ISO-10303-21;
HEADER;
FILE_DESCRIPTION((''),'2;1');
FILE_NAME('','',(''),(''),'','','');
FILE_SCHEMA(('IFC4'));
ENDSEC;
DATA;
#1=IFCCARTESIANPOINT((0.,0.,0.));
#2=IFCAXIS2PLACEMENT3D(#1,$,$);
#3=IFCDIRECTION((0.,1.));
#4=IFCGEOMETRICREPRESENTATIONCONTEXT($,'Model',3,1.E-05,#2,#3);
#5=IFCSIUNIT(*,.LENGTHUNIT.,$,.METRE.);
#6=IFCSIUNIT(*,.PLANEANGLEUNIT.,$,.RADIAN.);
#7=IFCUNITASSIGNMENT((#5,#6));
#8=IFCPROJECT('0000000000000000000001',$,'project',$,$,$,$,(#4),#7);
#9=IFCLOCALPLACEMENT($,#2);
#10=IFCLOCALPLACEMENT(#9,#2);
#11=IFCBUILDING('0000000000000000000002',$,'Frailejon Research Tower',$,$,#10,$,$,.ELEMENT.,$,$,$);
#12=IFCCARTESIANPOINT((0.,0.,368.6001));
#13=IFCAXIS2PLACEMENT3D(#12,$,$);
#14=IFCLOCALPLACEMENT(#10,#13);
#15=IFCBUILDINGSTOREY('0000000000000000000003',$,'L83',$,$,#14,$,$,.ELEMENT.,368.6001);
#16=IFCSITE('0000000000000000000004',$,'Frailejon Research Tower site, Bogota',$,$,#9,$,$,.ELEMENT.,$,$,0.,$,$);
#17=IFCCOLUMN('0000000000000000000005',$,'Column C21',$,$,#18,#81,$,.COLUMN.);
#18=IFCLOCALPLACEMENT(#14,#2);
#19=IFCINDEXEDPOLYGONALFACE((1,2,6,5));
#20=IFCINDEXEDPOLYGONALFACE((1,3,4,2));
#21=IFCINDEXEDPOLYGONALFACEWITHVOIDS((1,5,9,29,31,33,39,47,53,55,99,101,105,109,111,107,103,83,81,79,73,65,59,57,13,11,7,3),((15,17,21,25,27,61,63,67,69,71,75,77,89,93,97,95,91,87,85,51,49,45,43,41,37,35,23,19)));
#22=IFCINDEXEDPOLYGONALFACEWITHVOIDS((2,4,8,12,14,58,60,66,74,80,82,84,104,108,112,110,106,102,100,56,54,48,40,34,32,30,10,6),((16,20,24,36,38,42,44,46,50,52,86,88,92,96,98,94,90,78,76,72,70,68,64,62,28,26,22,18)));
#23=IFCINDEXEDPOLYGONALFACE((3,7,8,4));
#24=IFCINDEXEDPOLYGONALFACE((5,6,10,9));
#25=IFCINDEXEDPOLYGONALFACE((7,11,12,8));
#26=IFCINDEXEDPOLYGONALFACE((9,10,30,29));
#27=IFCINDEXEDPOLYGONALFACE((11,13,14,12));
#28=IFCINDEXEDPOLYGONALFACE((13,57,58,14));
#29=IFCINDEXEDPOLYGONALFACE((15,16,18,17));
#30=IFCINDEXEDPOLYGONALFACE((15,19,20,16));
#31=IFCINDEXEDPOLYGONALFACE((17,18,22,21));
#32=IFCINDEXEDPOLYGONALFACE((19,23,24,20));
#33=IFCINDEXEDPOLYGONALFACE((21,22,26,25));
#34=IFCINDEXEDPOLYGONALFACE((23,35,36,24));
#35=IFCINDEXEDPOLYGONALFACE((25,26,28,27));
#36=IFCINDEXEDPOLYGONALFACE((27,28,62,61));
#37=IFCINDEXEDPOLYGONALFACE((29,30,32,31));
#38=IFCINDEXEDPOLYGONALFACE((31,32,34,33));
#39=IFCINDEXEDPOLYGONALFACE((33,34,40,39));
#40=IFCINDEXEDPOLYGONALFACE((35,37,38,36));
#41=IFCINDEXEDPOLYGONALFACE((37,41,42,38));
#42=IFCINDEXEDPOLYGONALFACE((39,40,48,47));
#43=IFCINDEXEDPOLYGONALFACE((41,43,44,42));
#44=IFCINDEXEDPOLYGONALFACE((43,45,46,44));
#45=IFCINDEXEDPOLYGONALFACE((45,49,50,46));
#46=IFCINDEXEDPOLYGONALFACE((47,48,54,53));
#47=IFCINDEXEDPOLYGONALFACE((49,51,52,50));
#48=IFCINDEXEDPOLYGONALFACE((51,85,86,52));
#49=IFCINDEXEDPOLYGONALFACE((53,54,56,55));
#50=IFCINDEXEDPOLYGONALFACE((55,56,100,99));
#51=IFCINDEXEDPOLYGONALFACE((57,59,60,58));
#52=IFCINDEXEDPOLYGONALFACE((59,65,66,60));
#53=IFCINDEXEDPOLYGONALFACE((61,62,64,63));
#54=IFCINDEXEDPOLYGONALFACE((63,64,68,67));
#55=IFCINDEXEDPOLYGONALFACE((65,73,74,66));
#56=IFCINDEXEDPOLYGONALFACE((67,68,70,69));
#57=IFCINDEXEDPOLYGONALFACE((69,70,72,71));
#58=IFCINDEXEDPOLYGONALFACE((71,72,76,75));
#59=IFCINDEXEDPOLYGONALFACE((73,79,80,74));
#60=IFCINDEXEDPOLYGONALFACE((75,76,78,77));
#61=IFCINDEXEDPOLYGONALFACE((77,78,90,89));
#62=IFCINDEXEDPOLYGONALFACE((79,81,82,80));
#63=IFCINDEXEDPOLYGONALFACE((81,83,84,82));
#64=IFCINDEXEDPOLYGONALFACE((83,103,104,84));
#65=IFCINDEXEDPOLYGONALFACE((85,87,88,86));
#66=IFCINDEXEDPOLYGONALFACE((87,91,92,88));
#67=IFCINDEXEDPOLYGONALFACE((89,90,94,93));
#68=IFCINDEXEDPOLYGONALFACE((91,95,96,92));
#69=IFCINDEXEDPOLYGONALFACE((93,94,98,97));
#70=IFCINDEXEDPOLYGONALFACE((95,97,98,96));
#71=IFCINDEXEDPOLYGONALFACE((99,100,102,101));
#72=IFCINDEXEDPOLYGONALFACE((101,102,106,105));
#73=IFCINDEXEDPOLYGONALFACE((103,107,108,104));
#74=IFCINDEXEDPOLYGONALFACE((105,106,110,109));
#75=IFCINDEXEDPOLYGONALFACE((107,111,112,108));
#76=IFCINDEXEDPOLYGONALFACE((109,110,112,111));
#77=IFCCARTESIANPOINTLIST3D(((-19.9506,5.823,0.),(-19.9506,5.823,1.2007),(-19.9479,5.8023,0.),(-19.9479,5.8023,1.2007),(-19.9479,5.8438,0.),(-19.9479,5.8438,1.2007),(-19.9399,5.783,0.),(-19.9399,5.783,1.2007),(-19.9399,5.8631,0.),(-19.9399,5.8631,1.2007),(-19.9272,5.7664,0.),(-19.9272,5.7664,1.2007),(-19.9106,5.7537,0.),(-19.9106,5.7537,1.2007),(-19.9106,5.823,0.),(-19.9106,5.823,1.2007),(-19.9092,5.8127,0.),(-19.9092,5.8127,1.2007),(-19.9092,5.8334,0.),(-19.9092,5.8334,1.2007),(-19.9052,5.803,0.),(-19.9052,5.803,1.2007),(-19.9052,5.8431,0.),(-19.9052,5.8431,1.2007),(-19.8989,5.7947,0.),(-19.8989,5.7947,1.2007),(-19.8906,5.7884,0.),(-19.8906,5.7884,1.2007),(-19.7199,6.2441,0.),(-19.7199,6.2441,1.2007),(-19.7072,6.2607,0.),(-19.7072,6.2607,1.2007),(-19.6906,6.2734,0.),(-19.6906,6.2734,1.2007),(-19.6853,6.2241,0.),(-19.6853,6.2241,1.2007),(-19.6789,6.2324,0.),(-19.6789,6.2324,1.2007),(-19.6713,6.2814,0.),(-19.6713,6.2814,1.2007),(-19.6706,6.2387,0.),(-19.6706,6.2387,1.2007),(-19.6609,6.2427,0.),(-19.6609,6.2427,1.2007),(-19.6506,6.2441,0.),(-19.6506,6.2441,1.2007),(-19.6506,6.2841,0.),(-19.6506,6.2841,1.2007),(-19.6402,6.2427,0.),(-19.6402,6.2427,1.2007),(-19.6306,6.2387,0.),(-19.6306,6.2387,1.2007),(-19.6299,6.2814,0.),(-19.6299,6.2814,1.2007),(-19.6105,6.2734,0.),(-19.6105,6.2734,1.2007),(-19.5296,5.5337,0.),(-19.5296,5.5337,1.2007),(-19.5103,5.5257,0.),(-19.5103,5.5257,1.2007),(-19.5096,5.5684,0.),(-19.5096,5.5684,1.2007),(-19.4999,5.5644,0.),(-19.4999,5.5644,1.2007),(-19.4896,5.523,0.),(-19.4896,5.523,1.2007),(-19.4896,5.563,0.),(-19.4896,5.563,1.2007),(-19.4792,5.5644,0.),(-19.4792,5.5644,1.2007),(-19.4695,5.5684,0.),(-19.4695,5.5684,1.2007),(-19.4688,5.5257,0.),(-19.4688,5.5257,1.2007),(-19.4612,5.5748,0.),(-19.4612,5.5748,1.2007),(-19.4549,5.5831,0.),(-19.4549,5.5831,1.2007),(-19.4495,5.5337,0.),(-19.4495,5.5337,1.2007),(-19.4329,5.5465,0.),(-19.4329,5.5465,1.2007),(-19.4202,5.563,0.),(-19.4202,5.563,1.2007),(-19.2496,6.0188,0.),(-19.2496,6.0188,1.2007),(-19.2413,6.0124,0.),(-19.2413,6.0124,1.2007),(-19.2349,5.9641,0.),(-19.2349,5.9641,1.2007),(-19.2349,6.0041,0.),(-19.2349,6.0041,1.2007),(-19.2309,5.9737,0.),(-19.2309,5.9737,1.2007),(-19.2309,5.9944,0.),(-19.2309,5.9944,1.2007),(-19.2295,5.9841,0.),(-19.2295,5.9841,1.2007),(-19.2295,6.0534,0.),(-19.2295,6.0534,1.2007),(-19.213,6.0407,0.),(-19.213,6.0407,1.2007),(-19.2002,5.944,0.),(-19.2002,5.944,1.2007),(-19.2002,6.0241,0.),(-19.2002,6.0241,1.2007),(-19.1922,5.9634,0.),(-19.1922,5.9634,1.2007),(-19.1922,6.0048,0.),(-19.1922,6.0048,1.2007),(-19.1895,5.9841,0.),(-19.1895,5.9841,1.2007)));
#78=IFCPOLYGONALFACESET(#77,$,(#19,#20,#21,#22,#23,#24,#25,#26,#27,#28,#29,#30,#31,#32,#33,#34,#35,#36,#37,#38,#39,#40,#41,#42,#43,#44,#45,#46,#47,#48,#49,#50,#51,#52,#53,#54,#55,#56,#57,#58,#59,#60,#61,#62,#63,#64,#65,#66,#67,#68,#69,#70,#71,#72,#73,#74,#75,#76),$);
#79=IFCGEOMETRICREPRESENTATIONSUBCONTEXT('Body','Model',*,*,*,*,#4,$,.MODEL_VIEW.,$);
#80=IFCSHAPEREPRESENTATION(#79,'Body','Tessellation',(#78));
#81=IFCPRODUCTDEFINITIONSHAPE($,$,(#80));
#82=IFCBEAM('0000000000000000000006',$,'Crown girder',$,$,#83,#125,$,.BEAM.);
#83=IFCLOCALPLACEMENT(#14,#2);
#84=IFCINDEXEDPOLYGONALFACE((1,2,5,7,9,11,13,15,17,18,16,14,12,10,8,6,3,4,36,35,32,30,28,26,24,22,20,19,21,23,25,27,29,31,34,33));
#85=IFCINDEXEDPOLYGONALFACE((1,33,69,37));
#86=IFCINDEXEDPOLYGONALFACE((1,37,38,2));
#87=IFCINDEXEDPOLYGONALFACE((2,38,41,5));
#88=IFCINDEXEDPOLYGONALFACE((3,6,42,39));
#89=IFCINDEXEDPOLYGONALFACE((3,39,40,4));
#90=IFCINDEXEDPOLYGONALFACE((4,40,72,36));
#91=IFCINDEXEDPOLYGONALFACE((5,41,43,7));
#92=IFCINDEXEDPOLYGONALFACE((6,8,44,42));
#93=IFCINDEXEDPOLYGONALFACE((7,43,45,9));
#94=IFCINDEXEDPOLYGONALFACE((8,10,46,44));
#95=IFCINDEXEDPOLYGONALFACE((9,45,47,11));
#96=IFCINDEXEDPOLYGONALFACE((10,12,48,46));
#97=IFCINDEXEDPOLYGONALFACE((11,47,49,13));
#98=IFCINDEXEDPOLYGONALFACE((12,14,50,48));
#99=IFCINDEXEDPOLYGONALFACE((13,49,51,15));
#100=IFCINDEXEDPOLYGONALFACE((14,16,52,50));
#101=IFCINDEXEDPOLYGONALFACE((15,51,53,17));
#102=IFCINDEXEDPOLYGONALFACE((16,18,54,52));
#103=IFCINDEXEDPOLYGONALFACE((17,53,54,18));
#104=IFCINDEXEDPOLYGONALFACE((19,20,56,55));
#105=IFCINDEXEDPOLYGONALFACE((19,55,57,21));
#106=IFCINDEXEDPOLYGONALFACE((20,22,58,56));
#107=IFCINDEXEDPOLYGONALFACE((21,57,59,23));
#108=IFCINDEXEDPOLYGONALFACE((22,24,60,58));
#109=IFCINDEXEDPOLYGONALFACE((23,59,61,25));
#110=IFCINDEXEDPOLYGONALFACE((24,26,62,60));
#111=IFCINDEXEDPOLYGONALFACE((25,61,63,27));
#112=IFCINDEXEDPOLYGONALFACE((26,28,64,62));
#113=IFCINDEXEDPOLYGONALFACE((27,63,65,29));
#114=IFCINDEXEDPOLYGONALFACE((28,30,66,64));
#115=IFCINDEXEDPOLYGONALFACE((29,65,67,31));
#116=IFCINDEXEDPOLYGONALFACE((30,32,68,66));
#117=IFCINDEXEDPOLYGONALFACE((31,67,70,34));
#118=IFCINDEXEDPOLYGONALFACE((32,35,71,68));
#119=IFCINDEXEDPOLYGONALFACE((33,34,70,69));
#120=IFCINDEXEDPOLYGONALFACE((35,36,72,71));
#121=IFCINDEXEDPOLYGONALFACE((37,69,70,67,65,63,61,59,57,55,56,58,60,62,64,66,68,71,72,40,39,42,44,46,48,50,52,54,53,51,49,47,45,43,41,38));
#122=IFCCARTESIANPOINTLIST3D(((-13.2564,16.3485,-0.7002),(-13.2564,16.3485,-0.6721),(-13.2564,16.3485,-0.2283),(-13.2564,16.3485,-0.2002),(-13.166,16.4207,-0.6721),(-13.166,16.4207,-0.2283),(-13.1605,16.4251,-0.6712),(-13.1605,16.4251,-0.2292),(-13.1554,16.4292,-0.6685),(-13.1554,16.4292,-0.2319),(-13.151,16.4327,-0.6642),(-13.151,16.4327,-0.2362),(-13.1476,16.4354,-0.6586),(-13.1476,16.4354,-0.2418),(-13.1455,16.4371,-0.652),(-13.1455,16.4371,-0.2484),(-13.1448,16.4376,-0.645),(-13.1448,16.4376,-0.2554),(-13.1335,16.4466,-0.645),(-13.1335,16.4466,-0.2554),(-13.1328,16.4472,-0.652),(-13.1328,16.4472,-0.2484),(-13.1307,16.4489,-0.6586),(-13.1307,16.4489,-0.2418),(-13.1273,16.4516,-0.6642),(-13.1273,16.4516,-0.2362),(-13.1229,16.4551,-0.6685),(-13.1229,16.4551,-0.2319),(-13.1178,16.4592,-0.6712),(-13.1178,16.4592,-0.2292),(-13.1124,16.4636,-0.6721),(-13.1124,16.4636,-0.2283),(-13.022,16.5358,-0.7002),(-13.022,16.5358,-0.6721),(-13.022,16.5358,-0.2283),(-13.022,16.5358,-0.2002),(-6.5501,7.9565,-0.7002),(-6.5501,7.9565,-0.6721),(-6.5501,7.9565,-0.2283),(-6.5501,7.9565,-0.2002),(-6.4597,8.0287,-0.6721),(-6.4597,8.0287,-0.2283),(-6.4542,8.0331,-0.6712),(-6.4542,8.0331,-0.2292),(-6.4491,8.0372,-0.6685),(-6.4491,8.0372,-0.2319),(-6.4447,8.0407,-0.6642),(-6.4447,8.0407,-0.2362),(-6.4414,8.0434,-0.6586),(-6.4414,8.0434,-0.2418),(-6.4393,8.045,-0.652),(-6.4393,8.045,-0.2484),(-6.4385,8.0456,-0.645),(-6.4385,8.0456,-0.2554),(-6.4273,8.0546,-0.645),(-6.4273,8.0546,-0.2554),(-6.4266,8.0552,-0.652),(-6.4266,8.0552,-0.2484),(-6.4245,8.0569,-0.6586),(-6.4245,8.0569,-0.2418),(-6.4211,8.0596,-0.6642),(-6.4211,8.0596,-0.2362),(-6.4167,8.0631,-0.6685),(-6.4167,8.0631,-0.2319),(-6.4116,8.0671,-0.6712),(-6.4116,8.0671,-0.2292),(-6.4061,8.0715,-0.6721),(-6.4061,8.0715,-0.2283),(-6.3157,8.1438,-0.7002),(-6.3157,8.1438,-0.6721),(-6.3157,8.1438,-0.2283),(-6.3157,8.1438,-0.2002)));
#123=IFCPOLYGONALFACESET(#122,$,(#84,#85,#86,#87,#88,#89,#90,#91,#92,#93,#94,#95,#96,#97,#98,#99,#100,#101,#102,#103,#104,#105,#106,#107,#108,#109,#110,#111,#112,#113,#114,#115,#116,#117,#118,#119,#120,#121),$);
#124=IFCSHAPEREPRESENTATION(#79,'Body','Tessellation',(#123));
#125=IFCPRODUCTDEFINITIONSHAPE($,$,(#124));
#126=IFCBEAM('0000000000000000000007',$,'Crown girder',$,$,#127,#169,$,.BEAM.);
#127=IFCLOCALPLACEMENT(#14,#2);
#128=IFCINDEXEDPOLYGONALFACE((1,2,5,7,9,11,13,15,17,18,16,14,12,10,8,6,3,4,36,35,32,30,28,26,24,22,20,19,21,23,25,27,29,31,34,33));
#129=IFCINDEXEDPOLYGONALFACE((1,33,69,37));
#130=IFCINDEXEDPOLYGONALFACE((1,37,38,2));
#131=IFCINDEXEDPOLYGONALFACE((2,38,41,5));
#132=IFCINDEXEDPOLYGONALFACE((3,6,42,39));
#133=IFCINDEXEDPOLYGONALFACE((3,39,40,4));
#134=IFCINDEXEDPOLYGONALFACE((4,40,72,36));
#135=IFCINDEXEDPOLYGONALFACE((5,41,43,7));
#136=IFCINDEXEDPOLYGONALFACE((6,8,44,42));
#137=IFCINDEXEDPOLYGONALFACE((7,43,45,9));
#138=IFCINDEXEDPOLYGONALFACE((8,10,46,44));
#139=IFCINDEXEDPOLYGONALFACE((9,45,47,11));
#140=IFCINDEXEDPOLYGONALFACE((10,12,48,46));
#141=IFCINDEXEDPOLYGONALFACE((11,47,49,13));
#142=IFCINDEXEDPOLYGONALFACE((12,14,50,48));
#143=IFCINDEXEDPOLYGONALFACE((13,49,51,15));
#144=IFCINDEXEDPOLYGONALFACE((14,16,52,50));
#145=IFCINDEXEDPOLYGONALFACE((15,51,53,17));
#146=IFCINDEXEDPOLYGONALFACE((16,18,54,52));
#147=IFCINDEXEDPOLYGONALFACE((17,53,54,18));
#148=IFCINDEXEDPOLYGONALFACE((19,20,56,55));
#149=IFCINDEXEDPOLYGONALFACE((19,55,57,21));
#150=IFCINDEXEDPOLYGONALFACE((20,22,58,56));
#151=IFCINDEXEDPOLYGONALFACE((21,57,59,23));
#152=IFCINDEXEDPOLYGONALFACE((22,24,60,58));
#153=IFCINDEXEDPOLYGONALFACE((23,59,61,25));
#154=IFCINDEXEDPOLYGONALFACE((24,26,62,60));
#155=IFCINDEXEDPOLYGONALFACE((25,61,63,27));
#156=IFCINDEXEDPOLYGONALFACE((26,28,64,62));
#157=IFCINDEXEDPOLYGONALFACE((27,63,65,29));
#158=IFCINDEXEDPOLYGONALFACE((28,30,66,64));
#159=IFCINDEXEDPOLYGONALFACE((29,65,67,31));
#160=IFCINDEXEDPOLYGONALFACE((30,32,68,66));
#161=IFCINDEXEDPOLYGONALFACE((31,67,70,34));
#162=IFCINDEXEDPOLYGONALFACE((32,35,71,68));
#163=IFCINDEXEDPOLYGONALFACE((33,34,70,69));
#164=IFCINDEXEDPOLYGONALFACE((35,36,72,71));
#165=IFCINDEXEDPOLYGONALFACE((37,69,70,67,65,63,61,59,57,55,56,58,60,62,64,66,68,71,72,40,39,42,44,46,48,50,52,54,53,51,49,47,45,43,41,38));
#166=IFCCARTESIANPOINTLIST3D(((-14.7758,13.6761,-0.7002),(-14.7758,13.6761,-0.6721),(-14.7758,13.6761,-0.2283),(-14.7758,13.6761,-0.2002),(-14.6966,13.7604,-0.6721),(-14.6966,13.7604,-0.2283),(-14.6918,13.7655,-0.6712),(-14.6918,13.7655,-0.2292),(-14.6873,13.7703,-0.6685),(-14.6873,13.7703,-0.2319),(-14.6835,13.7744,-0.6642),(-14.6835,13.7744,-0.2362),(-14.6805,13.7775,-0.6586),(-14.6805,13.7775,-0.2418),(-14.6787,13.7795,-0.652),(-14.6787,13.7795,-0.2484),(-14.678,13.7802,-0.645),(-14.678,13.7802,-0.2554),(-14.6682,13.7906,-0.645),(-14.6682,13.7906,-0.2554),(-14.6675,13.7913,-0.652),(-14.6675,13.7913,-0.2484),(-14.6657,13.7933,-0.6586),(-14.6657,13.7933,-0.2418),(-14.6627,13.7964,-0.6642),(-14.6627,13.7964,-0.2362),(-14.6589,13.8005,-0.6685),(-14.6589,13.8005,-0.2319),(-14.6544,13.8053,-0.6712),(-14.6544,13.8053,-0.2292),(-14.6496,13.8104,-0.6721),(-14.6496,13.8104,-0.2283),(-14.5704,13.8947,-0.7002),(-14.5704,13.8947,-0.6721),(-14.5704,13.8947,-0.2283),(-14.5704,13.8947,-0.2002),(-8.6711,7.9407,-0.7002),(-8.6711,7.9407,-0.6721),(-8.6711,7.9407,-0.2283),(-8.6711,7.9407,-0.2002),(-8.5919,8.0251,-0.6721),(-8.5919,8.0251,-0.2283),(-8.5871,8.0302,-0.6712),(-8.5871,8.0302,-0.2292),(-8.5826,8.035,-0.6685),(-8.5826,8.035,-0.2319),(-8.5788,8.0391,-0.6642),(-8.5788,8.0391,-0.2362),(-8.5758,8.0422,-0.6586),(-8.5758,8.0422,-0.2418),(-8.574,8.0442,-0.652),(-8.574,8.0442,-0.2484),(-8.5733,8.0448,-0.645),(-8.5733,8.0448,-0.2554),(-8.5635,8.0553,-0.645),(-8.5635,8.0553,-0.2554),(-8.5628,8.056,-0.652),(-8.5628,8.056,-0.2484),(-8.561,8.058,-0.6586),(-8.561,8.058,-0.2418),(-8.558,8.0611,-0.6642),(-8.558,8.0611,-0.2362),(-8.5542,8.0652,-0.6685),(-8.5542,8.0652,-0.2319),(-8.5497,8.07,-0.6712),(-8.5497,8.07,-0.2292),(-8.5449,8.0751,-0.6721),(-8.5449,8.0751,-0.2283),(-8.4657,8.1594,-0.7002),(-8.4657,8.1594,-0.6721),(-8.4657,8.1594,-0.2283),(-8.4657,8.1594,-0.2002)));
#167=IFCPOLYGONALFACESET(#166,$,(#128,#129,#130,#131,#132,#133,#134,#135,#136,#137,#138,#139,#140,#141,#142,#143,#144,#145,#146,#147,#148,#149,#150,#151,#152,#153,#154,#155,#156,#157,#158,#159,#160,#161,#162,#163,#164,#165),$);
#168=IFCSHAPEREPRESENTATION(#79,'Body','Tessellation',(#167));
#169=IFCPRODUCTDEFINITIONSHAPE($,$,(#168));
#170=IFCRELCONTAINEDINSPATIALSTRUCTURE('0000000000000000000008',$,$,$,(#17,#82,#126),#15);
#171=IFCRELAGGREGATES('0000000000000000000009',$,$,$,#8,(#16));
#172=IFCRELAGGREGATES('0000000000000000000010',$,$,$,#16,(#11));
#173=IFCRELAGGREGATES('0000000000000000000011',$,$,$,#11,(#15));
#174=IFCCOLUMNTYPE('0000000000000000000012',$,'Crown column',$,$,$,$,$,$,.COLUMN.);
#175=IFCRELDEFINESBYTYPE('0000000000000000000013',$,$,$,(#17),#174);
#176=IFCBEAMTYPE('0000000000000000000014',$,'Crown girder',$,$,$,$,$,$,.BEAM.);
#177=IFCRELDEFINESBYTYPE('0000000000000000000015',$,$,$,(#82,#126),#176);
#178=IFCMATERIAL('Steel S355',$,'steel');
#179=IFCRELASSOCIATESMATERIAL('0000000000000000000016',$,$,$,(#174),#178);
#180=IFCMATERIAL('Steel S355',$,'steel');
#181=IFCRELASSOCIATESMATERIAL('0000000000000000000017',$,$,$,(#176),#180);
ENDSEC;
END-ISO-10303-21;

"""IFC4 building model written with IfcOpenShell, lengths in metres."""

from ifc_helpers import new_model, si_unit, direction, frame, origin, origin_2d, place, context, subcontext, project, spatial, hollow_rectangle, i_section, extrude, material, material_profile, profile_set, type_object, element, save


model = new_model("IFC4")

# Units and contexts
model_context = context("Model", 3, precision=1e-05, world=origin(), true_north=direction((0.0, 1.0)))
body_context = subcontext(model_context, "Body", "Model", "MODEL_VIEW")
ifc_project = project(units=[si_unit("LENGTHUNIT", "METRE"), si_unit("PLANEANGLEUNIT", "RADIAN")], contexts=[model_context])

# Site, building, storey
site_placement = place(None, origin())
site = spatial("IfcSite", under=ifc_project, at=site_placement, Name="Frailejon Research Tower site, Bogota", CompositionType="ELEMENT", RefElevation=0.0)
building_placement = place(site_placement, origin())
building = spatial("IfcBuilding", under=site, at=building_placement, Name="Frailejon Research Tower", CompositionType="ELEMENT")
storey_placement = place(building_placement, frame((0.0, 0.0, 368.6001)))
storey = spatial("IfcBuildingStorey", under=building, at=storey_placement, Name="L83", CompositionType="ELEMENT", Elevation=368.6001)

# Column
ifc_material_1 = material(Name="Steel S355", Category="steel")
ifc_material_profile_1 = material_profile(ifc_material_1, hollow_rectangle(XDim=0.6001, YDim=0.6001, WallThickness=0.04, InnerFilletRadius=0.04, OuterFilletRadius=0.0801, at=origin_2d()), Name="Crown column")
ifc_profile_set_1 = profile_set([ifc_material_profile_1], Name="Steel S355")
column_type = type_object("IfcColumnType", Name="Crown column", PredefinedType="COLUMN", material=ifc_profile_set_1)
column_1_placement = place(storey_placement, frame((-19.5701, 5.9036, 0.0), z_axis=(0.0, 0.0, 1.0), x_axis=(-0.5, -0.866025, 0.0)))
element("IfcColumn", 1, at=column_1_placement, inside=storey, type_object=column_type, Name="Column C21", PredefinedType="COLUMN", context=body_context, shape_type="SweptSolid", body=[
    extrude(hollow_rectangle(XDim=0.6001, YDim=0.6001, WallThickness=0.04, InnerFilletRadius=0.04, OuterFilletRadius=0.0801, at=origin_2d()), origin(), (0.0, 0.0, 1.0), 1.2007),
])

# Beams
ifc_material_2 = material(Name="Steel S355", Category="steel")
ifc_material_profile_2 = material_profile(ifc_material_2, i_section(OverallWidth=0.3, OverallDepth=0.5, WebThickness=0.0144, FlangeThickness=0.0281, FilletRadius=0.0271, at=origin_2d()), Name="HE 500 B")
ifc_profile_set_2 = profile_set([ifc_material_profile_2], Name="Steel S355")
beam_type_1 = type_object("IfcBeamType", Name="Crown girder", PredefinedType="BEAM", material=ifc_profile_set_2)
beam_1_placement = place(storey_placement, frame((-13.1392, 16.4421, -0.4502), z_axis=(0.624276, -0.781203, 0.0), x_axis=(0.781203, 0.624276, 0.0)))
element("IfcBeam", 2, at=beam_1_placement, inside=storey, type_object=beam_type_1, Name="Crown girder", PredefinedType="BEAM", context=body_context, shape_type="SweptSolid", body=[
    extrude(i_section(OverallWidth=0.3, OverallDepth=0.5, WebThickness=0.0144, FlangeThickness=0.0281, FilletRadius=0.0271, at=origin_2d()), origin(), (0.0, 0.0, 1.0), 10.7424),
])
beam_2_placement = place(storey_placement, frame((-14.6731, 13.7854, -0.4502), z_axis=(0.728812, -0.684713, 0.0), x_axis=(0.684713, 0.728812, 0.0)))
element("IfcBeam", 3, at=beam_2_placement, inside=storey, type_object=beam_type_1, Name="Crown girder", PredefinedType="BEAM", context=body_context, shape_type="SweptSolid", body=[
    extrude(i_section(OverallWidth=0.3, OverallDepth=0.5, WebThickness=0.0144, FlangeThickness=0.0281, FilletRadius=0.0271, at=origin_2d()), origin(), (0.0, 0.0, 1.0), 8.3762),
])

save(model, "model.ifc")
